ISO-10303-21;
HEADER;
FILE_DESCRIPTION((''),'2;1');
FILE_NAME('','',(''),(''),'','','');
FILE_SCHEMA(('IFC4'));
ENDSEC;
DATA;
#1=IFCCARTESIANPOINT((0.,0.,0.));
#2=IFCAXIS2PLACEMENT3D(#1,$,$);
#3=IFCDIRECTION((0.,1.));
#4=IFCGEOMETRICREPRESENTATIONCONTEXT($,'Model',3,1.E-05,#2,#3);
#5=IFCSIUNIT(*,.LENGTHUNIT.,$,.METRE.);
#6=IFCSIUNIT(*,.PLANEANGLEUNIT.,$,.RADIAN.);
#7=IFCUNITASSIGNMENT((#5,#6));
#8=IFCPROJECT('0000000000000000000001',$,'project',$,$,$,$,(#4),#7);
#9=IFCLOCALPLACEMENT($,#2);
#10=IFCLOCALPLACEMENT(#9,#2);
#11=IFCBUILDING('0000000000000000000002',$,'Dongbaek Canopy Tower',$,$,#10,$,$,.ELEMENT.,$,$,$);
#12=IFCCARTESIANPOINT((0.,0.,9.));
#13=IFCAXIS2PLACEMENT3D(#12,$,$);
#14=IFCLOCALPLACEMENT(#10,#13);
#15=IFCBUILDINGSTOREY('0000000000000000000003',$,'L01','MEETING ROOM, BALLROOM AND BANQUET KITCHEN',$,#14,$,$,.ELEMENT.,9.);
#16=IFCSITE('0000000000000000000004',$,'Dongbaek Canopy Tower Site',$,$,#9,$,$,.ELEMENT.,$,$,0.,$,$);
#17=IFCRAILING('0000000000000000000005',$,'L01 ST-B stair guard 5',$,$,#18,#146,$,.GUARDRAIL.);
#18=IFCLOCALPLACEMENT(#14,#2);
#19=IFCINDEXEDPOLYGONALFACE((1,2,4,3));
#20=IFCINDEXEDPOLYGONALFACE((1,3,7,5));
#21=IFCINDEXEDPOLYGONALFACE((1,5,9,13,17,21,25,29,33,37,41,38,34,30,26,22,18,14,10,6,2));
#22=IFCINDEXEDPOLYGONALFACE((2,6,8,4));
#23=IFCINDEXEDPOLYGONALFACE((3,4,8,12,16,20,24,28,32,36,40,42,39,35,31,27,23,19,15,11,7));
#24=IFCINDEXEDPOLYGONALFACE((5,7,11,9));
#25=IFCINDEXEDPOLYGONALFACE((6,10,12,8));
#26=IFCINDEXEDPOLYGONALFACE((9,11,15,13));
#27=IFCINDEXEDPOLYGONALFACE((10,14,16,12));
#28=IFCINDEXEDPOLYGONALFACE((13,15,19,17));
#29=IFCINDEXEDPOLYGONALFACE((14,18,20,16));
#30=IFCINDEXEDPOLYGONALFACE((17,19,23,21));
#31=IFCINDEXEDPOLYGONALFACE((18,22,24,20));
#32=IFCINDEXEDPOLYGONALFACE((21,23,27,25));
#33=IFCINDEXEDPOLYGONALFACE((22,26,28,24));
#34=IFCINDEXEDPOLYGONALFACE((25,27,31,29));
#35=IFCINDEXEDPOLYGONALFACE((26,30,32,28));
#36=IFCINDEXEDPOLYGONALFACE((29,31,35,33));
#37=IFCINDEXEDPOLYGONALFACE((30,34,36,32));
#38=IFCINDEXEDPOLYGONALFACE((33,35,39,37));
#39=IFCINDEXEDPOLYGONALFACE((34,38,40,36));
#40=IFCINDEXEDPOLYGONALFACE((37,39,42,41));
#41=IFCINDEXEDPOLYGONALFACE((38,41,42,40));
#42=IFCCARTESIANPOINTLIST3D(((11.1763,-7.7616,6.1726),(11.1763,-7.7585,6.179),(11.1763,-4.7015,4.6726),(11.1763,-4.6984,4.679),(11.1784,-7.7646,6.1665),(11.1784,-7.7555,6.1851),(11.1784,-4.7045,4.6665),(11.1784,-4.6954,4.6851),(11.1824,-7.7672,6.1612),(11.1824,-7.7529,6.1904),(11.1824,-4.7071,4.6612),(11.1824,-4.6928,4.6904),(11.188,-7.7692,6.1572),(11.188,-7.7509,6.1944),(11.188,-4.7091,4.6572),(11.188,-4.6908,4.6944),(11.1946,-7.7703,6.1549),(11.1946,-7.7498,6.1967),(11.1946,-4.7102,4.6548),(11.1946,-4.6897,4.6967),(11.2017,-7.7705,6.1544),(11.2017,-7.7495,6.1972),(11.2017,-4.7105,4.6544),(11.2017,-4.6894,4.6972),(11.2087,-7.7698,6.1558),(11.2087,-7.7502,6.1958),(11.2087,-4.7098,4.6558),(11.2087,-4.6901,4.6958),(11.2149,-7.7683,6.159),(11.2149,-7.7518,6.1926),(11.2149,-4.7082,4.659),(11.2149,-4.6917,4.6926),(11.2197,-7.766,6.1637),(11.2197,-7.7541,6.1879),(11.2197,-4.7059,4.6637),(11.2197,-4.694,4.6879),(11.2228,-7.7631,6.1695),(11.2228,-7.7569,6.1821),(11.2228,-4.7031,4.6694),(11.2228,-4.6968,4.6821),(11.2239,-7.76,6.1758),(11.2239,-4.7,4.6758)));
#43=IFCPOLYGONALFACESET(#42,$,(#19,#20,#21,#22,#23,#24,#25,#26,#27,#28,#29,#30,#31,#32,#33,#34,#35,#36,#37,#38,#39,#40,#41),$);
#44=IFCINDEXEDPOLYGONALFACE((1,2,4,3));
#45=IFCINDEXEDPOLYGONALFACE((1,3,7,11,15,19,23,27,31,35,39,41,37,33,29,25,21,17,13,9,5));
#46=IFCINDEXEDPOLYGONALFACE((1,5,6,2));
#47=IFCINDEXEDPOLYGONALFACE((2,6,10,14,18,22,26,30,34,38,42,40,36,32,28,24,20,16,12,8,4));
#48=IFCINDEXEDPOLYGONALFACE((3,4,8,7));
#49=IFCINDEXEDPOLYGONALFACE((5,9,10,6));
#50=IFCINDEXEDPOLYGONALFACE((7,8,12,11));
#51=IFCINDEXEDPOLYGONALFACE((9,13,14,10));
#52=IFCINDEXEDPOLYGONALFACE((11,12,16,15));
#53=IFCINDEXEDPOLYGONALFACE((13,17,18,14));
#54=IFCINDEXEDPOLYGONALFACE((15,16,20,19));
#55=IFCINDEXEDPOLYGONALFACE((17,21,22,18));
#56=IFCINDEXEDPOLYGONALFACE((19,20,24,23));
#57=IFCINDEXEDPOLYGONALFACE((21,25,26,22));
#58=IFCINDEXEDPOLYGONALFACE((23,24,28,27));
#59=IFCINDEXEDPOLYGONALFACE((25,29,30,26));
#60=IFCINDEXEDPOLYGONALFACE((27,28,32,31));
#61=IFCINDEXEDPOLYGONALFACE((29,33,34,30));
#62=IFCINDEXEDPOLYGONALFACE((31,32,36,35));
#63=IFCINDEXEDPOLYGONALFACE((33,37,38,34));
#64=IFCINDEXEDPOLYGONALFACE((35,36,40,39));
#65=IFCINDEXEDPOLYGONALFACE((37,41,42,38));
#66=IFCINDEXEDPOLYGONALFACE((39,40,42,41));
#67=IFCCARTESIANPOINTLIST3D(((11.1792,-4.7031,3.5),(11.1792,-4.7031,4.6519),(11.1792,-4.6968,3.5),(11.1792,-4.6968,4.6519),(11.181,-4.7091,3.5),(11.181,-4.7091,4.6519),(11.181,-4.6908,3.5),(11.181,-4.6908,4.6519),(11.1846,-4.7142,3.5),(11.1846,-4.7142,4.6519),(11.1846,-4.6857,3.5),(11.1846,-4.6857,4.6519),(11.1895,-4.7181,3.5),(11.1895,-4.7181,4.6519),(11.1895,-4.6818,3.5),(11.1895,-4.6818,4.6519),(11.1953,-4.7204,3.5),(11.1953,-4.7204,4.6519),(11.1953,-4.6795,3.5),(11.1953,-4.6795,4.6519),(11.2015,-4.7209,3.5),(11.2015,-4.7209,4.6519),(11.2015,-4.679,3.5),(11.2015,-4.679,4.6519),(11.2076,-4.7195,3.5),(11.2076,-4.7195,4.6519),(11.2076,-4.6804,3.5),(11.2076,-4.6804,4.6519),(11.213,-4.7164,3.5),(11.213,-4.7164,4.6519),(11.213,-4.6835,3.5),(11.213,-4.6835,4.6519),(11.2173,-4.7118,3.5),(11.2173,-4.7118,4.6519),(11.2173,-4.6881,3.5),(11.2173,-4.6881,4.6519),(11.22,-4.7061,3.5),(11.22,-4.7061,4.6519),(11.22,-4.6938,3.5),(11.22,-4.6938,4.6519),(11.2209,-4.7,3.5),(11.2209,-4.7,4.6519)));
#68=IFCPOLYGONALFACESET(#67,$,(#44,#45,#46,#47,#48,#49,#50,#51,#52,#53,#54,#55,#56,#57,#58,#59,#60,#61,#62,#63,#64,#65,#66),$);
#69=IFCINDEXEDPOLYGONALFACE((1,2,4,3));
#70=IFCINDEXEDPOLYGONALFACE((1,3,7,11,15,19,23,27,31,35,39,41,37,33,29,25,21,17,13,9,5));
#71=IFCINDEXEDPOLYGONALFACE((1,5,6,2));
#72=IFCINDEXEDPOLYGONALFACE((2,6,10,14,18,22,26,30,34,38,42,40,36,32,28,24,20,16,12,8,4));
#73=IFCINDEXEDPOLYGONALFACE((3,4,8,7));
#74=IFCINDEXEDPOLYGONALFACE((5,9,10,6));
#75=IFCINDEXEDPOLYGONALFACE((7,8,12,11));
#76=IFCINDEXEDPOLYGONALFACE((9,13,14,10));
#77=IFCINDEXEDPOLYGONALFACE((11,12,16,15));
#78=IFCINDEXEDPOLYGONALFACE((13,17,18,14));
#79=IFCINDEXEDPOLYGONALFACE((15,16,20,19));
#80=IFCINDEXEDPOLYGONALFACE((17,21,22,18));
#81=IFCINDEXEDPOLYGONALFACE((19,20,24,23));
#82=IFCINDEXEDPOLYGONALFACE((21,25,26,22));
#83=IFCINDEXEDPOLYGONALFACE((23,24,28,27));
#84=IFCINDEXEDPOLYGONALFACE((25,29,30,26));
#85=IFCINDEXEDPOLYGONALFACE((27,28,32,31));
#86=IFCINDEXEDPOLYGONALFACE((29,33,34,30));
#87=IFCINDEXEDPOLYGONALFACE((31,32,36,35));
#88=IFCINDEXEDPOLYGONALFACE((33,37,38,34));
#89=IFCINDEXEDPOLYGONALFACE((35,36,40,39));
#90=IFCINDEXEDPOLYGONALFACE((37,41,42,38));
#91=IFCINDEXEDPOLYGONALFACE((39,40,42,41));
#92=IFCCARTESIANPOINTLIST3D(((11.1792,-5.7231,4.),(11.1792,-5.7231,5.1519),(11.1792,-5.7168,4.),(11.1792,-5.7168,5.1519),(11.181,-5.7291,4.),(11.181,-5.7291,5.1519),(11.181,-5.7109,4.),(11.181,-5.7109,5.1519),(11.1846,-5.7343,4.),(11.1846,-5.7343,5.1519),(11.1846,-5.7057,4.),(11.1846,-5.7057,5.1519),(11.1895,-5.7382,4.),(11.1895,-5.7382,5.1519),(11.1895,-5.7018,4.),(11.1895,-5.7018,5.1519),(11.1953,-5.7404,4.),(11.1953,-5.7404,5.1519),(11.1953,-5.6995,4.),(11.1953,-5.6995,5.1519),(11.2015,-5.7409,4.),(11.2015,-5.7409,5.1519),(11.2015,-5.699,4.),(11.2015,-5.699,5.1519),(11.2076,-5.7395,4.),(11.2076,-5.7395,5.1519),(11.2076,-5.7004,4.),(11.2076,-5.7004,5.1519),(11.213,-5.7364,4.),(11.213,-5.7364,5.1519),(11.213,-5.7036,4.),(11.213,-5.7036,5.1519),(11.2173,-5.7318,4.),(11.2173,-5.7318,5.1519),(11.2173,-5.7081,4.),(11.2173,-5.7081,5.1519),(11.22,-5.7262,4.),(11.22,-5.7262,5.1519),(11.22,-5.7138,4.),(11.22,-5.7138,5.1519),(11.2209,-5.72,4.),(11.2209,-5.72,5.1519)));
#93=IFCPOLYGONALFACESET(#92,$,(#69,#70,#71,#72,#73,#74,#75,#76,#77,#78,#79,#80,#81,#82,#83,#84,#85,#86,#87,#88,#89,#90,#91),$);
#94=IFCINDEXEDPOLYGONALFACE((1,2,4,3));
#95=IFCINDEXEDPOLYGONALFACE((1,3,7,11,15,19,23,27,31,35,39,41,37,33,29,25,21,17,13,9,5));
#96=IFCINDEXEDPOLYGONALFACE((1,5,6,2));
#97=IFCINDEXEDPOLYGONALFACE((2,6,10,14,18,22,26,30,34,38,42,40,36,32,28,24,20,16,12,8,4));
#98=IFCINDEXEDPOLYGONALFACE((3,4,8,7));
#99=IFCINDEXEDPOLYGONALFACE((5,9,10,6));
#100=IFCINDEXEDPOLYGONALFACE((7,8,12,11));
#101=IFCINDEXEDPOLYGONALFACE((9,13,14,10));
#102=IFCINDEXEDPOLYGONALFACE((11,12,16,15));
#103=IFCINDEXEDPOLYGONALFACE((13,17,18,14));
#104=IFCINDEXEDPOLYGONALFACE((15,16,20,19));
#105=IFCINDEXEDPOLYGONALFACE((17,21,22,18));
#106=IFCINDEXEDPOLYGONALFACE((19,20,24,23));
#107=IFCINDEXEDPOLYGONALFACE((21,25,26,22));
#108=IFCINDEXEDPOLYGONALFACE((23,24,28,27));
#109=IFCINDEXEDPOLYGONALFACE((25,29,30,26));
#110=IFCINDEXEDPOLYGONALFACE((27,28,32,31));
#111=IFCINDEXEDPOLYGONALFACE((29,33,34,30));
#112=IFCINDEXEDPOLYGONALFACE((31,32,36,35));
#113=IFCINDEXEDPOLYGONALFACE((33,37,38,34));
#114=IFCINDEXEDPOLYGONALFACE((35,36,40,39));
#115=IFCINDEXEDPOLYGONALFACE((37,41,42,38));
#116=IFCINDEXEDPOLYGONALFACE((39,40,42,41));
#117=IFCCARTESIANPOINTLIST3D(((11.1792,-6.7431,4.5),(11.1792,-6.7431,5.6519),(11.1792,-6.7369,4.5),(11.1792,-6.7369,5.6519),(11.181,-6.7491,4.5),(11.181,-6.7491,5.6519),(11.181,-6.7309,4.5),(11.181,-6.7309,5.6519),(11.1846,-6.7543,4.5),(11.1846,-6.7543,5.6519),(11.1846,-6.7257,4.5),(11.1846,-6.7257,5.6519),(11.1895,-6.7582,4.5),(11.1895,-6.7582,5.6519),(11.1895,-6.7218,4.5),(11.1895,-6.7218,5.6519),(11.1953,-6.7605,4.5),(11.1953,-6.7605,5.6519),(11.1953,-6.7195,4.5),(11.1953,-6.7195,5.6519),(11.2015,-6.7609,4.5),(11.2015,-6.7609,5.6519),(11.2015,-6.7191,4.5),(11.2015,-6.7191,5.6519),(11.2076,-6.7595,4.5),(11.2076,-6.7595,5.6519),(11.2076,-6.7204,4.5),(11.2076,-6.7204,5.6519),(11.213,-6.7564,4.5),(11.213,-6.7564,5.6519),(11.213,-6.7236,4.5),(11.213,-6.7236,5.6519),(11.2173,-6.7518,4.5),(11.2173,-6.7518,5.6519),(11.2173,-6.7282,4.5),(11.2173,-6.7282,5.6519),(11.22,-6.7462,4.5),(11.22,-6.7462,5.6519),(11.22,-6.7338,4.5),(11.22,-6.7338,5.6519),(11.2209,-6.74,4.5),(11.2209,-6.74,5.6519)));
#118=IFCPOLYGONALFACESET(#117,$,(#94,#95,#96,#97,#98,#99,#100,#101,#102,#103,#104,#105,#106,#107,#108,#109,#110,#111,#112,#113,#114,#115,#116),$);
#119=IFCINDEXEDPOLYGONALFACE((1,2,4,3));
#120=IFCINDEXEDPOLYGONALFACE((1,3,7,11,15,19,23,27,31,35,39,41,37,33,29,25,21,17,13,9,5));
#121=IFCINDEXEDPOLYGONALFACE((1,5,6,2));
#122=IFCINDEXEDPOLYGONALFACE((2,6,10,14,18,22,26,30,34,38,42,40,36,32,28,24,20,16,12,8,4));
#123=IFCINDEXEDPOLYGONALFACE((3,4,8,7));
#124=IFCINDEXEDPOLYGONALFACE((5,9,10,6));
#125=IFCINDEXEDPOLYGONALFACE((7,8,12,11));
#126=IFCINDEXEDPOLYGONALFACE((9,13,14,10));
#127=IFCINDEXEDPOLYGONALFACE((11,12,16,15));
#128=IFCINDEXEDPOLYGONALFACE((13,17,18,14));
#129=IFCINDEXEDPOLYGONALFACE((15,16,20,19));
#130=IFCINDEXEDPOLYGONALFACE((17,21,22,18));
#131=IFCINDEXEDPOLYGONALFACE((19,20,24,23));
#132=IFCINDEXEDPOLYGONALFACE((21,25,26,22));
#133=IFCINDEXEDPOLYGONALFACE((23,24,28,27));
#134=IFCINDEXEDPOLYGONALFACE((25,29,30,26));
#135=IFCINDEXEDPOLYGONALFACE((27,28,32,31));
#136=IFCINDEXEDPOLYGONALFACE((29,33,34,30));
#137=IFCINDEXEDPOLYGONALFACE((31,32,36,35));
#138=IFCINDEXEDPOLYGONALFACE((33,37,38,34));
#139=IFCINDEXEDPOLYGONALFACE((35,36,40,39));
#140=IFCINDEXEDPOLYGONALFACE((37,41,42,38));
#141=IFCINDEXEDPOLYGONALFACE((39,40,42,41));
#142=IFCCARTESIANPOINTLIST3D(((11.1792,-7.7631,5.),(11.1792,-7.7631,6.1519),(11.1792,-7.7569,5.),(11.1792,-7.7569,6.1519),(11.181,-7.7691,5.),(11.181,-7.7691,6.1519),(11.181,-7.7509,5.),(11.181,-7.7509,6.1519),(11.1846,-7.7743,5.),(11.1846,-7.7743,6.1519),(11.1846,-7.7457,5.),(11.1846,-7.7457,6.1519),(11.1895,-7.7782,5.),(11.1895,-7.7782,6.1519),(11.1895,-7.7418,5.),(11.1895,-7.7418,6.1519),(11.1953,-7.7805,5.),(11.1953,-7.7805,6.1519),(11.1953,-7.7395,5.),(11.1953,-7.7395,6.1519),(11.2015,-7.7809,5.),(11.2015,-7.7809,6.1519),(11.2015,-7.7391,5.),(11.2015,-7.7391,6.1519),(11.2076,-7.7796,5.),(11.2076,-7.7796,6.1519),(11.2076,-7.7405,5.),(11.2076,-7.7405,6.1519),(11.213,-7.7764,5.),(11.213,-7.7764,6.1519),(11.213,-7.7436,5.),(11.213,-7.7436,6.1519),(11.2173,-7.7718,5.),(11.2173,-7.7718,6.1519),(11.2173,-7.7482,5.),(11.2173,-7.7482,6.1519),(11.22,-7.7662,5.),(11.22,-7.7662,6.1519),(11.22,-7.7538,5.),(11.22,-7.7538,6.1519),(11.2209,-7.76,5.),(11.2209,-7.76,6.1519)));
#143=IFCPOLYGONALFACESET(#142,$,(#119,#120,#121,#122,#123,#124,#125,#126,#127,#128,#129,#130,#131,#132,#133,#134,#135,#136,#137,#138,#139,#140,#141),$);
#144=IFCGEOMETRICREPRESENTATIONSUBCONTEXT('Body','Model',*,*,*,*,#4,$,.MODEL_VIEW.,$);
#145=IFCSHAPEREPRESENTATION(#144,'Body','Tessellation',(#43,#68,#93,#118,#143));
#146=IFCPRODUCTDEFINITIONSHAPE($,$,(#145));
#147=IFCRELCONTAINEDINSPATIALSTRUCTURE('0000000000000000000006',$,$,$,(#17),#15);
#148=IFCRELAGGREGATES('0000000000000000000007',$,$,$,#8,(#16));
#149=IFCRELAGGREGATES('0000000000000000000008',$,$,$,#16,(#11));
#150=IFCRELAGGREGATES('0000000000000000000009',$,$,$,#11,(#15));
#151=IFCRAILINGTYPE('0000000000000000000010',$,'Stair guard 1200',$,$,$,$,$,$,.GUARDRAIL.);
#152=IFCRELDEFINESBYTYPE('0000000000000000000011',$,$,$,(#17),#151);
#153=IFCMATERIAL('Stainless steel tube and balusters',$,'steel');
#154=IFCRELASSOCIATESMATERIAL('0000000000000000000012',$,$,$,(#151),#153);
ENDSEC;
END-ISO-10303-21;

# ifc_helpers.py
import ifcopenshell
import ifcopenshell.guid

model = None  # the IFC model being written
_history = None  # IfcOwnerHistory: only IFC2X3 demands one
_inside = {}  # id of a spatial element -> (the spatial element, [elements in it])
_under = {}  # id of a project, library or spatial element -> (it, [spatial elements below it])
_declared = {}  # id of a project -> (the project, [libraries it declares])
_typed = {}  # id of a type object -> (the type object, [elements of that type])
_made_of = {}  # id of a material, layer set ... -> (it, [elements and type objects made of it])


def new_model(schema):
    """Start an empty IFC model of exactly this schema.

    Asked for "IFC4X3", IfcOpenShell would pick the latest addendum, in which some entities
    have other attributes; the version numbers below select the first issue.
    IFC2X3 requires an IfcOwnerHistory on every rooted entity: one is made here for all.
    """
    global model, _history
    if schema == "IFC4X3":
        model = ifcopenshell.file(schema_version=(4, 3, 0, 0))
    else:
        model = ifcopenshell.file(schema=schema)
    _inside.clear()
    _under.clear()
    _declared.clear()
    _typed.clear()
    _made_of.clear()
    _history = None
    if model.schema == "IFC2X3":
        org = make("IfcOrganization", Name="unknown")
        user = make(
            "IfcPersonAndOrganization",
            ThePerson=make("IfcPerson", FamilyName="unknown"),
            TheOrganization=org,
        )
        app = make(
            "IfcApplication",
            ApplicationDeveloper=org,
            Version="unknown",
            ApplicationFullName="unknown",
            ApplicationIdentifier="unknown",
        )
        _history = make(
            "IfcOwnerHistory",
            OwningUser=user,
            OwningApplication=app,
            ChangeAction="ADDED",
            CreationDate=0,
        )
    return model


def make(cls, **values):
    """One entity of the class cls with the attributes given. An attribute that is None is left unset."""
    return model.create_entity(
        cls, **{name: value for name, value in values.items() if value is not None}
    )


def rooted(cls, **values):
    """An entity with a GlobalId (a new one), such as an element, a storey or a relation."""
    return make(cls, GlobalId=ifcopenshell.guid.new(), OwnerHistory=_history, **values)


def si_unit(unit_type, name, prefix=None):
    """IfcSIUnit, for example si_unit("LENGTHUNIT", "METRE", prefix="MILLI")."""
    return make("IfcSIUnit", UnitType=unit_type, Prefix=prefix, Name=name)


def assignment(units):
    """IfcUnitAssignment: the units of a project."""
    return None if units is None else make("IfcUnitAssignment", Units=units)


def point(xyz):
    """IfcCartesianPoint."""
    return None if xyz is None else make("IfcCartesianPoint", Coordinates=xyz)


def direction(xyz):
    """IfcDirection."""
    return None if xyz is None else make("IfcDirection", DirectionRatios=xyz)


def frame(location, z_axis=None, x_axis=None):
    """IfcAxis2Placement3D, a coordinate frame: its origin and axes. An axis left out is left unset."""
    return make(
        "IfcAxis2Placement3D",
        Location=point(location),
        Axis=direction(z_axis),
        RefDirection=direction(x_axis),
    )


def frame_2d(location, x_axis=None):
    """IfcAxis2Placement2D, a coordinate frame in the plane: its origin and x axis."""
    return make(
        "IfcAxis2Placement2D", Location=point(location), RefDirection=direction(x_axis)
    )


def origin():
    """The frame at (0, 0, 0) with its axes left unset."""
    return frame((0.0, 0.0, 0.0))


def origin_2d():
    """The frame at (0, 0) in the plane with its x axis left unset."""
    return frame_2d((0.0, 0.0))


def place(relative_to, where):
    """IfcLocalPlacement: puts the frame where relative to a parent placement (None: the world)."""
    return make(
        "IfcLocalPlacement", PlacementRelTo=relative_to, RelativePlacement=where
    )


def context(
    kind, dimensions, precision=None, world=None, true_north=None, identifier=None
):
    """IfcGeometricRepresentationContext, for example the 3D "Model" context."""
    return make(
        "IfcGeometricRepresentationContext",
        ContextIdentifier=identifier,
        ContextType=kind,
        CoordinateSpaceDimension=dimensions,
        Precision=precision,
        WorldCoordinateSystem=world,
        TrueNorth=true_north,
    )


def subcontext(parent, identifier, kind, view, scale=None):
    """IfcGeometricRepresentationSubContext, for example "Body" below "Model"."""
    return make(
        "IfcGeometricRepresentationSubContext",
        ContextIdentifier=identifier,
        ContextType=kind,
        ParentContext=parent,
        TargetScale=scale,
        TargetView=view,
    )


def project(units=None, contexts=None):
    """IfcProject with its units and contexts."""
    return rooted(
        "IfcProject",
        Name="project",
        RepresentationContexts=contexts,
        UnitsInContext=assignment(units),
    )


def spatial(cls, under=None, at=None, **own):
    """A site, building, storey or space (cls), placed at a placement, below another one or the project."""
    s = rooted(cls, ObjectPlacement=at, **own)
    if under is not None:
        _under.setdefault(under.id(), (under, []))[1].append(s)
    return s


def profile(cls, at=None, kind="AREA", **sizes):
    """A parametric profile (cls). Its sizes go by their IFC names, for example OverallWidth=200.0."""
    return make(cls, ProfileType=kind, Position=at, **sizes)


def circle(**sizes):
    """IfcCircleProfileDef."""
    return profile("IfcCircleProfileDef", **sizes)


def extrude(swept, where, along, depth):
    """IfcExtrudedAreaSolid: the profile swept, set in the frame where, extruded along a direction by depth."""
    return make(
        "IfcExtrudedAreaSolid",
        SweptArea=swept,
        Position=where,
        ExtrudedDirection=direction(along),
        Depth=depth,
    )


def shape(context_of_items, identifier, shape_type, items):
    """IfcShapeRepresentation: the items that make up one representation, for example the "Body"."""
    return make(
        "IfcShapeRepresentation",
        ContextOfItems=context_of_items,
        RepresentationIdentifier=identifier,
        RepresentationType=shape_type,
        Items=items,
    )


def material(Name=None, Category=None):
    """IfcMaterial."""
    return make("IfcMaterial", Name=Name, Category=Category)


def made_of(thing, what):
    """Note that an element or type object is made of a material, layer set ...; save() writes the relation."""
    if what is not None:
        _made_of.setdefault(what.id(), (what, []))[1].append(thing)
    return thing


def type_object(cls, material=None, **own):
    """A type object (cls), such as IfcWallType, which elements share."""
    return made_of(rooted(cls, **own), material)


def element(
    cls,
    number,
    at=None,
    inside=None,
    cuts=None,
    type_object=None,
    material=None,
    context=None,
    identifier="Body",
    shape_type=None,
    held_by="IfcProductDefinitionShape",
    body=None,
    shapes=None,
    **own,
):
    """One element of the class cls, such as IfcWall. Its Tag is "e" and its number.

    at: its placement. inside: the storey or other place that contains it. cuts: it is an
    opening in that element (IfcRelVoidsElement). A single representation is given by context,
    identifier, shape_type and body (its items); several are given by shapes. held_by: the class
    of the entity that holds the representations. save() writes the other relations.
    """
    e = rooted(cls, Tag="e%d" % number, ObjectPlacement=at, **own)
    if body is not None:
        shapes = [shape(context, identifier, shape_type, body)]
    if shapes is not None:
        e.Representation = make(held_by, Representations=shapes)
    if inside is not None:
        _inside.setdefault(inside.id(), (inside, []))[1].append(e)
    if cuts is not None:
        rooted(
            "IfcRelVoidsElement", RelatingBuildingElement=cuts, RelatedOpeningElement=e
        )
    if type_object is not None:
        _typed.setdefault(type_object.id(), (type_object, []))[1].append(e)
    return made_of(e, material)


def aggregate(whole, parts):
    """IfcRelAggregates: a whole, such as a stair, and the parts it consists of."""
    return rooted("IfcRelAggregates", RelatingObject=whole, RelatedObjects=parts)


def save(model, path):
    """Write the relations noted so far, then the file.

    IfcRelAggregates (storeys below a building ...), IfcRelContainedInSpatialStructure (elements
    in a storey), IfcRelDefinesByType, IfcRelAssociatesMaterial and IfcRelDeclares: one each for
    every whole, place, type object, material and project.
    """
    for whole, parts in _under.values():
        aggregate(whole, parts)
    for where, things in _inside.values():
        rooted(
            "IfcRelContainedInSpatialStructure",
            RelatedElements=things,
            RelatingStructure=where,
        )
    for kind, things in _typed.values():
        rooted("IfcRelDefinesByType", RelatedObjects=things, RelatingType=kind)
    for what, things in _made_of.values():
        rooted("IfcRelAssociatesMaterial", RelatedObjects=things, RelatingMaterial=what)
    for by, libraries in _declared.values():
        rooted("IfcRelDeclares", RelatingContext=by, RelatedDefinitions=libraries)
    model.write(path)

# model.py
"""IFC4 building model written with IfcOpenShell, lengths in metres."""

from ifc_helpers import new_model, si_unit, direction, frame, origin, origin_2d, place, context, subcontext, project, spatial, circle, extrude, material, type_object, element, save


model = new_model("IFC4")

# Units and contexts
model_context = context("Model", 3, precision=1e-05, world=origin(), true_north=direction((0.0, 1.0)))
body_context = subcontext(model_context, "Body", "Model", "MODEL_VIEW")
ifc_project = project(units=[si_unit("LENGTHUNIT", "METRE"), si_unit("PLANEANGLEUNIT", "RADIAN")], contexts=[model_context])

# Site, building, storey
site_placement = place(None, origin())
site = spatial("IfcSite", under=ifc_project, at=site_placement, Name="Dongbaek Canopy Tower Site", CompositionType="ELEMENT", RefElevation=0.0)
building_placement = place(site_placement, origin())
building = spatial("IfcBuilding", under=site, at=building_placement, Name="Dongbaek Canopy Tower", CompositionType="ELEMENT")
storey_placement = place(building_placement, frame((0.0, 0.0, 9.0)))
storey = spatial("IfcBuildingStorey", under=building, at=storey_placement, Name="L01", Description="MEETING ROOM, BALLROOM AND BANQUET KITCHEN", CompositionType="ELEMENT", Elevation=9.0)

# Railing
ifc_material_1 = material(Name="Stainless steel tube and balusters", Category="steel")
railing_type_1 = type_object("IfcRailingType", Name="Stair guard 1200", PredefinedType="GUARDRAIL", material=ifc_material_1)
railing_1_placement = place(storey_placement, frame((11.2, -4.7, 3.5)))
element("IfcRailing", 1, at=railing_1_placement, inside=storey, type_object=railing_type_1, Name="L01 ST-B stair guard 5", PredefinedType="GUARDRAIL", context=body_context, shape_type="SweptSolid", body=[
    extrude(circle(Radius=0.0239, at=origin_2d()), frame((0.0, 0.0, 1.1758), z_axis=(0.0, -0.897924, 0.44015), x_axis=(1.0, 0.0, 0.0)), (0.0, 0.0, 1.0), 3.408),
    extrude(circle(Radius=0.021, at=origin_2d()), origin(), (0.0, 0.0, 1.0), 1.1519),
    extrude(circle(Radius=0.021, at=origin_2d()), frame((0.0, -1.02, 0.5)), (0.0, 0.0, 1.0), 1.1519),
    extrude(circle(Radius=0.021, at=origin_2d()), frame((0.0, -2.04, 1.0)), (0.0, 0.0, 1.0), 1.1519),
    extrude(circle(Radius=0.021, at=origin_2d()), frame((0.0, -3.0601, 1.5)), (0.0, 0.0, 1.0), 1.1519),
])

save(model, "model.ifc")
